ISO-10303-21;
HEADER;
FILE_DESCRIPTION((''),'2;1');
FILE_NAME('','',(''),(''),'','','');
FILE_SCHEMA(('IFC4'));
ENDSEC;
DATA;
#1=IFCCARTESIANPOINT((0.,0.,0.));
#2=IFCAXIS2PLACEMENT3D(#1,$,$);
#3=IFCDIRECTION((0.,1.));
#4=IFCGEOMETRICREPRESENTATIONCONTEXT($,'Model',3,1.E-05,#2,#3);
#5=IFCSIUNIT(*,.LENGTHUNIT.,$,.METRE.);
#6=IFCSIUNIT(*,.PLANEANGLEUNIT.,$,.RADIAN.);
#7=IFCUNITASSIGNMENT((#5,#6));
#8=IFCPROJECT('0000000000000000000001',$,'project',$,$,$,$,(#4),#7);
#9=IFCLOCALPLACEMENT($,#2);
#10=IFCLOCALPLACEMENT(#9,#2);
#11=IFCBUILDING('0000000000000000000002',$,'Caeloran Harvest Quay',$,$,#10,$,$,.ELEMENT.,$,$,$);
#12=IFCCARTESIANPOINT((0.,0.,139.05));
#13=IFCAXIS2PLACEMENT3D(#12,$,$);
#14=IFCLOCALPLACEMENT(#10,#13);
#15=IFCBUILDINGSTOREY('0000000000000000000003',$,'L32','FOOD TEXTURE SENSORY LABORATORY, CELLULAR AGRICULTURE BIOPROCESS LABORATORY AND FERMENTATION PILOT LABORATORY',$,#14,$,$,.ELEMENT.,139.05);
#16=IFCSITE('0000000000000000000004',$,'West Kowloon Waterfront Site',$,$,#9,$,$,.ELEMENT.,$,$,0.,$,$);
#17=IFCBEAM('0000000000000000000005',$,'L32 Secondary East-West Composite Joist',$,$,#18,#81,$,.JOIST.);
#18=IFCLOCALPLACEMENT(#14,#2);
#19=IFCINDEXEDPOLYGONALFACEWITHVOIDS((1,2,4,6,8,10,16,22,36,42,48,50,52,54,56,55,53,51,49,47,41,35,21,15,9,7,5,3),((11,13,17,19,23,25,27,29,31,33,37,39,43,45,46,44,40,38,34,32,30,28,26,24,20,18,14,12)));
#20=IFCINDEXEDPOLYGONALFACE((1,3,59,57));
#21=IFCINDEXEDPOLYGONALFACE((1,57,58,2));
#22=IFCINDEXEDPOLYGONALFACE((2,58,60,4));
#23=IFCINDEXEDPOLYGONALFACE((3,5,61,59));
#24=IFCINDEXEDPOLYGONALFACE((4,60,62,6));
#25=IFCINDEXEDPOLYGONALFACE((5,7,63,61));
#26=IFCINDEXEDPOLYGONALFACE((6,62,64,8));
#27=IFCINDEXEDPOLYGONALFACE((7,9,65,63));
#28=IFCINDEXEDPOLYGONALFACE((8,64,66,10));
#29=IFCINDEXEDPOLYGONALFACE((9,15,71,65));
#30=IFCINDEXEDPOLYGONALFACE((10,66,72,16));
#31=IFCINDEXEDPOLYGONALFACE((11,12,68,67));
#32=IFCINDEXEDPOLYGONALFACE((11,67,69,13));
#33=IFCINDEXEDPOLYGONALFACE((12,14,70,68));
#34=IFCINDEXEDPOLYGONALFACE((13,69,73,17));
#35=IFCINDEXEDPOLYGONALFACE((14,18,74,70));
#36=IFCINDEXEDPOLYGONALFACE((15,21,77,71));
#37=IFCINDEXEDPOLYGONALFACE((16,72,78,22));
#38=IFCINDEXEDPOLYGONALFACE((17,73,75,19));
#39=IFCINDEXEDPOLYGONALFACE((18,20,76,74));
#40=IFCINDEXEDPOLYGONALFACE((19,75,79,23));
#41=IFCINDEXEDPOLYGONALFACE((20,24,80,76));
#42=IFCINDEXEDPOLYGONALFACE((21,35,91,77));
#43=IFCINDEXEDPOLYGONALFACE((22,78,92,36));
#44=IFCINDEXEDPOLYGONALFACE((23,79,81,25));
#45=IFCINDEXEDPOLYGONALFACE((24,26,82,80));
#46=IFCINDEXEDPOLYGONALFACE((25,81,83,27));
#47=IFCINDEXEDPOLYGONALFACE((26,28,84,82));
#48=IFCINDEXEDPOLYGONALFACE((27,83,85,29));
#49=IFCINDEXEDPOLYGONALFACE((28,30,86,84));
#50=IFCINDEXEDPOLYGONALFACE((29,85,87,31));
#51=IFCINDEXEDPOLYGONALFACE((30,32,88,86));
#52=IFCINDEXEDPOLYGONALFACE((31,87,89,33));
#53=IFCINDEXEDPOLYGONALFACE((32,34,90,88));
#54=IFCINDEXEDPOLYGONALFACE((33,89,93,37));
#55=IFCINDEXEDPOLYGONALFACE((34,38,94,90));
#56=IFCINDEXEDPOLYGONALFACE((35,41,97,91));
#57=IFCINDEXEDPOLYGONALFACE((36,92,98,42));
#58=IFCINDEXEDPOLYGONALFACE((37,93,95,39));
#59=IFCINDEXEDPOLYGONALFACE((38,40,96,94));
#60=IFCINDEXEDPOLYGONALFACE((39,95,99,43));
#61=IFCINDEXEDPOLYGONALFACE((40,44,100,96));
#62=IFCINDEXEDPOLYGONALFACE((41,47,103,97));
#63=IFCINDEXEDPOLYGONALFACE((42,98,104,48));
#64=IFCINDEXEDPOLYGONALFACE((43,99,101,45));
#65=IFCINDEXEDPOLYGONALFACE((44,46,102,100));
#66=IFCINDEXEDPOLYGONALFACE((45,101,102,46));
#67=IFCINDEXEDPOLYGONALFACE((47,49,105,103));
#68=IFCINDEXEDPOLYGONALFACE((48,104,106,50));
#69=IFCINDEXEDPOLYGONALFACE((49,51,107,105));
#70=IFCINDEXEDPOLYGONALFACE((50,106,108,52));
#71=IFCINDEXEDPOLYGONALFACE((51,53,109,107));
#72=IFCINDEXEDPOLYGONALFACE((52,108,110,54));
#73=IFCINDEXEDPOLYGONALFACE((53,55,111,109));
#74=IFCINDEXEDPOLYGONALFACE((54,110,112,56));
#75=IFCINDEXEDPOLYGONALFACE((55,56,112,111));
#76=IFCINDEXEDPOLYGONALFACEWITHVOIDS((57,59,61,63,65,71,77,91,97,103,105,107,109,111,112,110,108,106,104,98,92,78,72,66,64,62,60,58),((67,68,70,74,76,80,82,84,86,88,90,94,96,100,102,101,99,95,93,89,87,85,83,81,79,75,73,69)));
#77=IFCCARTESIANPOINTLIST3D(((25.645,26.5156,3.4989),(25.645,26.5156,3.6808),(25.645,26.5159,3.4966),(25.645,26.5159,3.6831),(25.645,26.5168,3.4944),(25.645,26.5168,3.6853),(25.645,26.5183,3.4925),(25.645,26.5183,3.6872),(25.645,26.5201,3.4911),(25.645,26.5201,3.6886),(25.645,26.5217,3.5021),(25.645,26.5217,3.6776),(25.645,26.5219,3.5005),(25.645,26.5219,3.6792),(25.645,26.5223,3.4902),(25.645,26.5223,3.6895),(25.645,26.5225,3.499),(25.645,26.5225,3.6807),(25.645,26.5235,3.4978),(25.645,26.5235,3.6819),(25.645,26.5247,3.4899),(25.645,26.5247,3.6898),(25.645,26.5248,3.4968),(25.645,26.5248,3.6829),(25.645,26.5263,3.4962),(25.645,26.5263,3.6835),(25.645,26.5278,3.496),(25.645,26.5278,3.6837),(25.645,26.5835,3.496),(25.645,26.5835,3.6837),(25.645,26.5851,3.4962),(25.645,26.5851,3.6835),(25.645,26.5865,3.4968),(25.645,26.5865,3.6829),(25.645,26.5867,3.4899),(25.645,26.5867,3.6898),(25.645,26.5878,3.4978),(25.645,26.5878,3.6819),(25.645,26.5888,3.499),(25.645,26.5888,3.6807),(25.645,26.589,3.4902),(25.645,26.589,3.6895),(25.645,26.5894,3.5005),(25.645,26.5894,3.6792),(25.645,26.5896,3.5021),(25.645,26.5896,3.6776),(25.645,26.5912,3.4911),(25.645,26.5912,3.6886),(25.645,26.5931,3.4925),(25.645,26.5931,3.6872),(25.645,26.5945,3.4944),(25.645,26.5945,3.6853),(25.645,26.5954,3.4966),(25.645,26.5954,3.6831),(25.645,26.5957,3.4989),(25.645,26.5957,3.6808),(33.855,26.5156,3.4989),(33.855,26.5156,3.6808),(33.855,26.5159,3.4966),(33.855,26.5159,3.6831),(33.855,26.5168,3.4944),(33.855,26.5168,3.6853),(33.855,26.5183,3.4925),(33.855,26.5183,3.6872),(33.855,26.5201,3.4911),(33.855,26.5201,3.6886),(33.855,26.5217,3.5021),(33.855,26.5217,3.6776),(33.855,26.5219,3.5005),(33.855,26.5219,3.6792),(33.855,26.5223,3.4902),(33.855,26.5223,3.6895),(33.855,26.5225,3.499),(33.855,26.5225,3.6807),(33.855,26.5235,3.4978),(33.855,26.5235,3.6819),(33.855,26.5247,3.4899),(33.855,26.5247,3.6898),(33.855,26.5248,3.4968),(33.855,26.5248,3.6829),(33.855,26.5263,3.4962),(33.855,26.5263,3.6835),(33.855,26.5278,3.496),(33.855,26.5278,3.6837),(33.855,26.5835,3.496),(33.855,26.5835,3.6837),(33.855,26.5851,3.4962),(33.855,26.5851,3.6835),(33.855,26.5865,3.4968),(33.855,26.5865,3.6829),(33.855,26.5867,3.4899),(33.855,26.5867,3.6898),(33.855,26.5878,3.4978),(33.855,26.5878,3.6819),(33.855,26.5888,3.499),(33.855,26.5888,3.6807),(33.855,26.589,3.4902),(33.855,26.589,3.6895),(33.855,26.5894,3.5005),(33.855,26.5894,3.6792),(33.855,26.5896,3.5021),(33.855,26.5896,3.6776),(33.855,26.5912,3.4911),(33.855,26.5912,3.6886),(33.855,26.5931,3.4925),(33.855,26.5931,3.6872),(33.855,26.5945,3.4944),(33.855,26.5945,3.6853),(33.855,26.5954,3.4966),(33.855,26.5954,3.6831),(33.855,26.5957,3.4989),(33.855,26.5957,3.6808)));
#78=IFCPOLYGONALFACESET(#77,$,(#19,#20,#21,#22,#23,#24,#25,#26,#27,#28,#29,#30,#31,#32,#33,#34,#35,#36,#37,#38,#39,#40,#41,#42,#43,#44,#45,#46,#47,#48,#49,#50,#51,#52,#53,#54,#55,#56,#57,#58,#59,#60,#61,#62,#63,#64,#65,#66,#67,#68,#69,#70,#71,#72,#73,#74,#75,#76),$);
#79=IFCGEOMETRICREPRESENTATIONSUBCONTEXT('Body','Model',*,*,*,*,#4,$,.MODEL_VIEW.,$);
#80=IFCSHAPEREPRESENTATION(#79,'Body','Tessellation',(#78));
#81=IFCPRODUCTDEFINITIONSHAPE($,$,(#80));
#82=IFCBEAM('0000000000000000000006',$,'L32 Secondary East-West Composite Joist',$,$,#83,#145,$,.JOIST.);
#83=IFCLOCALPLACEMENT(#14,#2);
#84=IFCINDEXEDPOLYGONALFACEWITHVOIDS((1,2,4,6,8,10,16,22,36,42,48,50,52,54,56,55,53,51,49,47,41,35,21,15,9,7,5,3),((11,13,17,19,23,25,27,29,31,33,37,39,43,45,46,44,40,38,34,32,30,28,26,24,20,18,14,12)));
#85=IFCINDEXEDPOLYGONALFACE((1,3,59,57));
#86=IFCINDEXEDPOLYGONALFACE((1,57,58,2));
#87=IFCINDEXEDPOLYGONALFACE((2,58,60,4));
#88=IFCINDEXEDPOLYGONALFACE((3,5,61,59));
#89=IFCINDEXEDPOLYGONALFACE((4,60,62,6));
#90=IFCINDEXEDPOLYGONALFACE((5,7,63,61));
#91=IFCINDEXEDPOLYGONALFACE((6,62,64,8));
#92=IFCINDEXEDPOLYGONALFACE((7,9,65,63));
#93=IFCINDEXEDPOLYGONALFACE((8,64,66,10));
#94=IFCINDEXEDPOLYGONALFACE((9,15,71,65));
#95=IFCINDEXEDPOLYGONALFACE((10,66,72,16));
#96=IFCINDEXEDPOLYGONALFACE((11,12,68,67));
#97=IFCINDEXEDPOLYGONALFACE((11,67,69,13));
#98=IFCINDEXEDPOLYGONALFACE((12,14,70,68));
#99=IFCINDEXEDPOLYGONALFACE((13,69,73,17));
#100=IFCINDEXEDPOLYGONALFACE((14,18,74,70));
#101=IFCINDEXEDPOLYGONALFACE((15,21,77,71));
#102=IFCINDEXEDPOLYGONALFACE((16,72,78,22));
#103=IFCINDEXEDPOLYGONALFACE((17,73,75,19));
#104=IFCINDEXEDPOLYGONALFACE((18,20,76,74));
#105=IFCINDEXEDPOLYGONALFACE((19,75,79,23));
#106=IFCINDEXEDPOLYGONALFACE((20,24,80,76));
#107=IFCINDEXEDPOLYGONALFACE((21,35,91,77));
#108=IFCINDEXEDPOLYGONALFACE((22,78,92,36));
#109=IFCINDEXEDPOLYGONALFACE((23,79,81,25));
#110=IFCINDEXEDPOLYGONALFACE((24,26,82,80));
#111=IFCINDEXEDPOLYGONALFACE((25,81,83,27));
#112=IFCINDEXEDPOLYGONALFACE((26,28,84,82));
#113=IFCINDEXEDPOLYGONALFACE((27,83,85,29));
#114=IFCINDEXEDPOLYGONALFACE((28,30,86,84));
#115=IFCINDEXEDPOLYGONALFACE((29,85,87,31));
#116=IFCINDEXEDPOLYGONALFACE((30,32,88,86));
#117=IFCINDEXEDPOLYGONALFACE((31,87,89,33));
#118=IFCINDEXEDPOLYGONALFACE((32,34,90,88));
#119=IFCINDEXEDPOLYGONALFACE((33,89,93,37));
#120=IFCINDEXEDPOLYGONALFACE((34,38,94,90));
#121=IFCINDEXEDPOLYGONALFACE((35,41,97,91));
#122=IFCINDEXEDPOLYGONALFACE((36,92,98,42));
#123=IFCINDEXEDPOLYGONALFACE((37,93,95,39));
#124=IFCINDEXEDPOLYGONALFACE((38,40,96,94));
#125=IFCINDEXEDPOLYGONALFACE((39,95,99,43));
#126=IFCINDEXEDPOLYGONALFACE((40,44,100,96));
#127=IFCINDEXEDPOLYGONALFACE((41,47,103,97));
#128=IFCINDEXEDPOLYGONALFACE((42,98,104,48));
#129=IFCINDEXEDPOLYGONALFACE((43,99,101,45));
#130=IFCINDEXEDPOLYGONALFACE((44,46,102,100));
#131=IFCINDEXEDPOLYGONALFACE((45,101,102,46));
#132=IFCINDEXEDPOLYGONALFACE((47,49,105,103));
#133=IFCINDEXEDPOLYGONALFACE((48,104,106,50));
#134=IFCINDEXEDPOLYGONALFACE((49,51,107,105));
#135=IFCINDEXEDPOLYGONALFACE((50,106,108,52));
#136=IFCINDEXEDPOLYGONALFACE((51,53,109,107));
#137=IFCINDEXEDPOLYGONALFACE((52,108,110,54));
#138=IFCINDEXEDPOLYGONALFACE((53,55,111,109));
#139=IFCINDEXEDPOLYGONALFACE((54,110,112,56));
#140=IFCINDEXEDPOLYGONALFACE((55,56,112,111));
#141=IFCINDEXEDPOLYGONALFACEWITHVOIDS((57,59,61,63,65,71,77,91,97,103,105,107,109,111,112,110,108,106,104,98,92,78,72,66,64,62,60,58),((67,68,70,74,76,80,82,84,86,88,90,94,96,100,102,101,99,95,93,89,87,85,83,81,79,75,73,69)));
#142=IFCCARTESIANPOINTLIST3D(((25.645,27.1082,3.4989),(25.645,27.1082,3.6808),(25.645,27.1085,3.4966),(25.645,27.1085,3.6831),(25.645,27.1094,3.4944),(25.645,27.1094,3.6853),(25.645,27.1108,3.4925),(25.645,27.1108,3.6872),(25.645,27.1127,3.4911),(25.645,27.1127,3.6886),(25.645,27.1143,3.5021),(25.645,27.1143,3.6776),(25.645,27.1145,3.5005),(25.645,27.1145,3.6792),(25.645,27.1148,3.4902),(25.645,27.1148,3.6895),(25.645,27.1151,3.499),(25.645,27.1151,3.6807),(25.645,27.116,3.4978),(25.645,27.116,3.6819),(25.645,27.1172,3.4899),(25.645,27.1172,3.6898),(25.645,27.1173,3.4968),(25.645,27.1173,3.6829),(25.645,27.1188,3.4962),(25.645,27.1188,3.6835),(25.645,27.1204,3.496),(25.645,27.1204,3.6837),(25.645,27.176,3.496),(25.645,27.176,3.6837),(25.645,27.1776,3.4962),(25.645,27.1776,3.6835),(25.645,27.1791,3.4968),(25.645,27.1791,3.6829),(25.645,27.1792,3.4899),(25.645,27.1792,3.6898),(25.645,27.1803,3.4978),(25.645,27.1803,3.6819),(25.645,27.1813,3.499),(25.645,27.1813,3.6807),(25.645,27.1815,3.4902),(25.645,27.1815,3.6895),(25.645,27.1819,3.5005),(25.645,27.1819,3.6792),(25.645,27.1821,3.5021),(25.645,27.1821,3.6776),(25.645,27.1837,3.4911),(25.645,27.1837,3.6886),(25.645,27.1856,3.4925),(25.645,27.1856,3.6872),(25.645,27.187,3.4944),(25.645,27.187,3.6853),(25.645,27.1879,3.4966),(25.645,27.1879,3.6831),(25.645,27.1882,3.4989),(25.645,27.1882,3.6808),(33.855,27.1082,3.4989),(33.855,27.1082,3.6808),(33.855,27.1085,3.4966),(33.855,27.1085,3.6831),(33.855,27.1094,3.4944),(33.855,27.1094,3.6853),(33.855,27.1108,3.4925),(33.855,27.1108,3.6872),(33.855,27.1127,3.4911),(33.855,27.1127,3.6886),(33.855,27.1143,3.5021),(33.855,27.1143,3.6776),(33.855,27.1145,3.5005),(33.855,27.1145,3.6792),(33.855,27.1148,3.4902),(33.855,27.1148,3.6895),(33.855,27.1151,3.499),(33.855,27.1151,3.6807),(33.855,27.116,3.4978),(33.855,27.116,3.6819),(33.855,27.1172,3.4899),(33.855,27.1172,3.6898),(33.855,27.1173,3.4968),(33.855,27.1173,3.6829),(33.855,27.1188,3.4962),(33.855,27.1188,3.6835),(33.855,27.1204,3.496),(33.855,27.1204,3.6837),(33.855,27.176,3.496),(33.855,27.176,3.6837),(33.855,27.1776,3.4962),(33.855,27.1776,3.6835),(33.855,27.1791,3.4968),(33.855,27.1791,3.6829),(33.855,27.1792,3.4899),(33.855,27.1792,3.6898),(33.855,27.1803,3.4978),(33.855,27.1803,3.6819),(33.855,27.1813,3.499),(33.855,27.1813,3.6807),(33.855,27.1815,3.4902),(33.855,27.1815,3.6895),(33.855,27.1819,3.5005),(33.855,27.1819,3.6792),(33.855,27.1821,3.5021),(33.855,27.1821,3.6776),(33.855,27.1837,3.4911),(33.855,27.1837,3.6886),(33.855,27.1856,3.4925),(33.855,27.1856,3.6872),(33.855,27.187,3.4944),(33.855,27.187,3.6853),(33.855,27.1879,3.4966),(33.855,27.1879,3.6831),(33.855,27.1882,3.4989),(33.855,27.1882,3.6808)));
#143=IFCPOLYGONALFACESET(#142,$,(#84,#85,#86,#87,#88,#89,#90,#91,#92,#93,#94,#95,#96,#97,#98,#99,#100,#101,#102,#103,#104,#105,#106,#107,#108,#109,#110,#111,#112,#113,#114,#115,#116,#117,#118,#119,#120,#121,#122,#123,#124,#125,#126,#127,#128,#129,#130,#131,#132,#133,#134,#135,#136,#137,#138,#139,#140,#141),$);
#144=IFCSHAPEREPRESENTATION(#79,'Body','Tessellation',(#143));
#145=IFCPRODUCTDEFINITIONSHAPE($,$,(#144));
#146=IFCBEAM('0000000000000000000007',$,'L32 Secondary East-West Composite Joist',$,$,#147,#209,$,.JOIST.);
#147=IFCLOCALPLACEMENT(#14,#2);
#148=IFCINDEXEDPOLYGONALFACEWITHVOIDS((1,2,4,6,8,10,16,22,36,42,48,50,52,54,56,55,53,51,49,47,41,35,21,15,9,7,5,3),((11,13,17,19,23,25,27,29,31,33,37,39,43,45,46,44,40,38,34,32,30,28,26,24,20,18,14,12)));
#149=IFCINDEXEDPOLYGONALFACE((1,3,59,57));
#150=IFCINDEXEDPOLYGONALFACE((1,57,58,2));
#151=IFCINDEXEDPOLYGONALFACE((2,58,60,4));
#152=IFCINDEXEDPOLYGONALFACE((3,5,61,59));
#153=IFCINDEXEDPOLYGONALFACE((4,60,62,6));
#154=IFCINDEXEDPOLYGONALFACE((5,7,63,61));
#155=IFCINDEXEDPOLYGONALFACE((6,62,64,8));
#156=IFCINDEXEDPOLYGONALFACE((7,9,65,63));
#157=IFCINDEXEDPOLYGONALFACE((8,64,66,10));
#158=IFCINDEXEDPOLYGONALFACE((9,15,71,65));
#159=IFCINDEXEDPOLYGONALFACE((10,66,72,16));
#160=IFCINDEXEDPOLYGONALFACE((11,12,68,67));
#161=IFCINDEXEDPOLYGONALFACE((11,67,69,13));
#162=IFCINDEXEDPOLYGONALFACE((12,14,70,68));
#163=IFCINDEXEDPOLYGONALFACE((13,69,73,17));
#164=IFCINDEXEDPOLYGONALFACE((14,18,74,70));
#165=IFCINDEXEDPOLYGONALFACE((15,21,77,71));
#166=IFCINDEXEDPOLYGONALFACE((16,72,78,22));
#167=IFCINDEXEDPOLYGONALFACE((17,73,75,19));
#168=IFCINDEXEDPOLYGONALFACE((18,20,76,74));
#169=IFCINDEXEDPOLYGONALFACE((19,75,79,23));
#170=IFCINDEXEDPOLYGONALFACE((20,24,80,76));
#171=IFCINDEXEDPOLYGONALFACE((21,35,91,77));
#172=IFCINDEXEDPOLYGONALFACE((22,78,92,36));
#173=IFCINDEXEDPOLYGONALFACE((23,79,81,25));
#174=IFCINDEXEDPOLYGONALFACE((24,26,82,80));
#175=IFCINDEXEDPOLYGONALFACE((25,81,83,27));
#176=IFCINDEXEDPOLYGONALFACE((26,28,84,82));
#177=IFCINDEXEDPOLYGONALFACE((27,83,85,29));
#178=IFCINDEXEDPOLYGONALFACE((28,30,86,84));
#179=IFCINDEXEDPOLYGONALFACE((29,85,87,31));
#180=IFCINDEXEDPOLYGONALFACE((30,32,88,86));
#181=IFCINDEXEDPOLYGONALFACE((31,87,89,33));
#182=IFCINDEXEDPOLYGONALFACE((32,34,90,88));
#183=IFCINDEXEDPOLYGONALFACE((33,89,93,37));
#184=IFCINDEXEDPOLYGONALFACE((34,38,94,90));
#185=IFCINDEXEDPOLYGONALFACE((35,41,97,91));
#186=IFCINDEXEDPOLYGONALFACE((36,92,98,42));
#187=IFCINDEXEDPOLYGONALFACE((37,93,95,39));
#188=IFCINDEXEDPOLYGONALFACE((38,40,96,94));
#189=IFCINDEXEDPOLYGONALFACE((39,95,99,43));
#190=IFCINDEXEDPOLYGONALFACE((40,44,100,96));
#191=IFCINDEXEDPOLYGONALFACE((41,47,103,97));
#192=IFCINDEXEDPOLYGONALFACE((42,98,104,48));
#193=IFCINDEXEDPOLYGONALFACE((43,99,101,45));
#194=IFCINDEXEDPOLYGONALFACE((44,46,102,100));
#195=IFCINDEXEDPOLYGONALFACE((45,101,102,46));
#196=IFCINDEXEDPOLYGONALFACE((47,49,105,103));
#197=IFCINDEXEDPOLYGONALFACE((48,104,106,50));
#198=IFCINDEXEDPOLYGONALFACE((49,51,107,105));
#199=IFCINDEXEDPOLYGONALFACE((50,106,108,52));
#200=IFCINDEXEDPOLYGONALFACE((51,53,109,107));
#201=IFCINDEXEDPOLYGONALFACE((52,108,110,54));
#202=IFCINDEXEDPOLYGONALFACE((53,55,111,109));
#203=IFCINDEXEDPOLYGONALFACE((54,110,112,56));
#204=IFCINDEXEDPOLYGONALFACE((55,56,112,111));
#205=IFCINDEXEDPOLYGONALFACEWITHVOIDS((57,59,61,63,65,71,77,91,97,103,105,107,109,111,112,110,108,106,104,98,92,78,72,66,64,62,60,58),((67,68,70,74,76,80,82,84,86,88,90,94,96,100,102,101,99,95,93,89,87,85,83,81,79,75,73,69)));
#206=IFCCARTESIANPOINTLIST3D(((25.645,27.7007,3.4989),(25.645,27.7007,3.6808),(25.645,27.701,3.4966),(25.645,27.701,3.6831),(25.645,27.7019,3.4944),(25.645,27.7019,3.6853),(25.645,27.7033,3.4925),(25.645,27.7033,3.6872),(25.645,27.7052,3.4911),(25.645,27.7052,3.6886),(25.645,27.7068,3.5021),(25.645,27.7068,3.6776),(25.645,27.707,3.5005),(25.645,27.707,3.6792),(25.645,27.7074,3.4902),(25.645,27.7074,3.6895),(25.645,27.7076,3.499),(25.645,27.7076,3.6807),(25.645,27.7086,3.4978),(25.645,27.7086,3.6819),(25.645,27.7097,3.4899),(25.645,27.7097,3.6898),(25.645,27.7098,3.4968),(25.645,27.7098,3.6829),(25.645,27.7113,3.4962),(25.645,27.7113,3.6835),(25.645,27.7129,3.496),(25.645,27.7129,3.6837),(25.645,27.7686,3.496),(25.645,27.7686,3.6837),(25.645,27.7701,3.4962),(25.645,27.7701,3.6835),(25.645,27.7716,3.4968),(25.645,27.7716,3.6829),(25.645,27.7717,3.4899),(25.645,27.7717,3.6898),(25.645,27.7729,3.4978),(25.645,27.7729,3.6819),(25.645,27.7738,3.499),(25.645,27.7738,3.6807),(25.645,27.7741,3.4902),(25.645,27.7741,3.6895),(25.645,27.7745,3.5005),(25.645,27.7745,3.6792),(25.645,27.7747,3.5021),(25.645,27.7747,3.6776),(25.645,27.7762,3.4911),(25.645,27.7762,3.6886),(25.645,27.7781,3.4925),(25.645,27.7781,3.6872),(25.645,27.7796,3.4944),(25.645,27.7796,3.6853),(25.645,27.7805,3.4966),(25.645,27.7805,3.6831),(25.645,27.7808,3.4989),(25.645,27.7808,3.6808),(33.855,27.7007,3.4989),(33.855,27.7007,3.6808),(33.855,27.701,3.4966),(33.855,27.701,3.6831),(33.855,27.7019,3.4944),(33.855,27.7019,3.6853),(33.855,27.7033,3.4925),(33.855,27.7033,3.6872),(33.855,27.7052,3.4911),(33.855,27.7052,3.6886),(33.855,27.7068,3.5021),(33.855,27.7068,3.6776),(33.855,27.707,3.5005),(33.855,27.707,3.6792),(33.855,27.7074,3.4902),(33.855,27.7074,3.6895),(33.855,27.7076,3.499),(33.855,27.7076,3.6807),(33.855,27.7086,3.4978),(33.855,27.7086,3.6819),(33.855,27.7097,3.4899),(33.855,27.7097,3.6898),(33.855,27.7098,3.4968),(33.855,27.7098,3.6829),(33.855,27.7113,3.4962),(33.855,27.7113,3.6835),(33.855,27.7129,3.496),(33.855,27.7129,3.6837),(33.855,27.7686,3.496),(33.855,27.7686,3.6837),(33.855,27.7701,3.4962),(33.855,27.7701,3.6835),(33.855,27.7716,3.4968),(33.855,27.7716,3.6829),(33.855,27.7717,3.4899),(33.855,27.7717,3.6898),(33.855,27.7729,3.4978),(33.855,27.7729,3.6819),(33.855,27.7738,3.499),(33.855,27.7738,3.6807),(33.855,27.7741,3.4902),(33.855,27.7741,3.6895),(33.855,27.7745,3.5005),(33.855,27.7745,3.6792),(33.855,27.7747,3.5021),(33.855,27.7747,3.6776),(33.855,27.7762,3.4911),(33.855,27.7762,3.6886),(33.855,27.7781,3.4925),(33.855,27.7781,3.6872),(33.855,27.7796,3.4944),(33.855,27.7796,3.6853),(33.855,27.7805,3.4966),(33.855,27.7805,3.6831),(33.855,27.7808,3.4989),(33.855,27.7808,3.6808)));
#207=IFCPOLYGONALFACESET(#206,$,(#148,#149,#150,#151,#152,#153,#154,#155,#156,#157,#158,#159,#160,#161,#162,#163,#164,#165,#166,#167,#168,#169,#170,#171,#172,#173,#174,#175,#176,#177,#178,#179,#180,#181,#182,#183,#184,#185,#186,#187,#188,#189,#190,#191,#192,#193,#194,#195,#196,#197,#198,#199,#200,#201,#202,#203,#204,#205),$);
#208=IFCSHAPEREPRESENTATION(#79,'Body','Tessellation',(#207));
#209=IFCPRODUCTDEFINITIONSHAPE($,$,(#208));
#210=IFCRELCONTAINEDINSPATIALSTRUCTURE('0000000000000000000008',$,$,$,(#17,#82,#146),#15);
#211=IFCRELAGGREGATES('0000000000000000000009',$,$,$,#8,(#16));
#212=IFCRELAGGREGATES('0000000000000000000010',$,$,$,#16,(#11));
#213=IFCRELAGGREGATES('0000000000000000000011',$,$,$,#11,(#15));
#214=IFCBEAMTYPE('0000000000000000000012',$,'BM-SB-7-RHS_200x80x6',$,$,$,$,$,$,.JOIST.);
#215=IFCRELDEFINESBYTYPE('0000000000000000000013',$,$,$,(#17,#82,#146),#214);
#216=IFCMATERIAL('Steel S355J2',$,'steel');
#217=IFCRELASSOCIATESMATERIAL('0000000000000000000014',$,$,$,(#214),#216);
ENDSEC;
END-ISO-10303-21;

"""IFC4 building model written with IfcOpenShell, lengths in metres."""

from ifc_helpers import new_model, si_unit, direction, frame, origin, origin_2d, place, context, subcontext, project, spatial, hollow_rectangle, extrude, material, material_profile, profile_set, type_object, element, save


model = new_model("IFC4")

# Units and contexts
model_context = context("Model", 3, precision=1e-05, world=origin(), true_north=direction((0.0, 1.0)))
body_context = subcontext(model_context, "Body", "Model", "MODEL_VIEW")
ifc_project = project(units=[si_unit("LENGTHUNIT", "METRE"), si_unit("PLANEANGLEUNIT", "RADIAN")], contexts=[model_context])

# Site, building, storey
site_placement = place(None, origin())
site = spatial("IfcSite", under=ifc_project, at=site_placement, Name="West Kowloon Waterfront Site", CompositionType="ELEMENT", RefElevation=0.0)
building_placement = place(site_placement, origin())
building = spatial("IfcBuilding", under=site, at=building_placement, Name="Caeloran Harvest Quay", CompositionType="ELEMENT")
storey_placement = place(building_placement, frame((0.0, 0.0, 139.05)))
storey = spatial("IfcBuildingStorey", under=building, at=storey_placement, Name="L32", Description="FOOD TEXTURE SENSORY LABORATORY, CELLULAR AGRICULTURE BIOPROCESS LABORATORY AND FERMENTATION PILOT LABORATORY", CompositionType="ELEMENT", Elevation=139.05)

# Beams
ifc_material = material(Name="Steel S355J2", Category="steel")
ifc_material_profile_1 = material_profile(ifc_material, hollow_rectangle(XDim=0.0801, YDim=0.2, WallThickness=0.0061, InnerFilletRadius=0.0061, OuterFilletRadius=0.009, at=origin_2d()), Name="RHS 200x80x6")
ifc_profile_set_1 = profile_set([ifc_material_profile_1], Name="Steel S355J2")
beam_type_1 = type_object("IfcBeamType", Name="BM-SB-7-RHS_200x80x6", PredefinedType="JOIST", material=ifc_profile_set_1)
for number, where, z_axis, x_axis, name in (
    (1, (25.645, 26.5557, 3.5898), (1.0, 0.0, 0.0), (0.0, 1.0, 0.0), "L32 Secondary East-West Composite Joist"),
    (2, (25.645, 27.1482, 3.5898), (1.0, 0.0, 0.0), (0.0, 1.0, 0.0), "L32 Secondary East-West Composite Joist"),
    (3, (25.645, 27.7407, 3.5898), (1.0, 0.0, 0.0), (0.0, 1.0, 0.0), "L32 Secondary East-West Composite Joist"),
):
    element("IfcBeam", number, at=place(storey_placement, frame(where, z_axis=z_axis, x_axis=x_axis)), inside=storey, type_object=beam_type_1, Name=name, PredefinedType="JOIST", context=body_context, shape_type="SweptSolid", body=[
        extrude(hollow_rectangle(XDim=0.0801, YDim=0.2, WallThickness=0.0061, InnerFilletRadius=0.0061, OuterFilletRadius=0.009, at=origin_2d()), origin(), (0.0, 0.0, 1.0), 8.21),
    ])

save(model, "model.ifc")
